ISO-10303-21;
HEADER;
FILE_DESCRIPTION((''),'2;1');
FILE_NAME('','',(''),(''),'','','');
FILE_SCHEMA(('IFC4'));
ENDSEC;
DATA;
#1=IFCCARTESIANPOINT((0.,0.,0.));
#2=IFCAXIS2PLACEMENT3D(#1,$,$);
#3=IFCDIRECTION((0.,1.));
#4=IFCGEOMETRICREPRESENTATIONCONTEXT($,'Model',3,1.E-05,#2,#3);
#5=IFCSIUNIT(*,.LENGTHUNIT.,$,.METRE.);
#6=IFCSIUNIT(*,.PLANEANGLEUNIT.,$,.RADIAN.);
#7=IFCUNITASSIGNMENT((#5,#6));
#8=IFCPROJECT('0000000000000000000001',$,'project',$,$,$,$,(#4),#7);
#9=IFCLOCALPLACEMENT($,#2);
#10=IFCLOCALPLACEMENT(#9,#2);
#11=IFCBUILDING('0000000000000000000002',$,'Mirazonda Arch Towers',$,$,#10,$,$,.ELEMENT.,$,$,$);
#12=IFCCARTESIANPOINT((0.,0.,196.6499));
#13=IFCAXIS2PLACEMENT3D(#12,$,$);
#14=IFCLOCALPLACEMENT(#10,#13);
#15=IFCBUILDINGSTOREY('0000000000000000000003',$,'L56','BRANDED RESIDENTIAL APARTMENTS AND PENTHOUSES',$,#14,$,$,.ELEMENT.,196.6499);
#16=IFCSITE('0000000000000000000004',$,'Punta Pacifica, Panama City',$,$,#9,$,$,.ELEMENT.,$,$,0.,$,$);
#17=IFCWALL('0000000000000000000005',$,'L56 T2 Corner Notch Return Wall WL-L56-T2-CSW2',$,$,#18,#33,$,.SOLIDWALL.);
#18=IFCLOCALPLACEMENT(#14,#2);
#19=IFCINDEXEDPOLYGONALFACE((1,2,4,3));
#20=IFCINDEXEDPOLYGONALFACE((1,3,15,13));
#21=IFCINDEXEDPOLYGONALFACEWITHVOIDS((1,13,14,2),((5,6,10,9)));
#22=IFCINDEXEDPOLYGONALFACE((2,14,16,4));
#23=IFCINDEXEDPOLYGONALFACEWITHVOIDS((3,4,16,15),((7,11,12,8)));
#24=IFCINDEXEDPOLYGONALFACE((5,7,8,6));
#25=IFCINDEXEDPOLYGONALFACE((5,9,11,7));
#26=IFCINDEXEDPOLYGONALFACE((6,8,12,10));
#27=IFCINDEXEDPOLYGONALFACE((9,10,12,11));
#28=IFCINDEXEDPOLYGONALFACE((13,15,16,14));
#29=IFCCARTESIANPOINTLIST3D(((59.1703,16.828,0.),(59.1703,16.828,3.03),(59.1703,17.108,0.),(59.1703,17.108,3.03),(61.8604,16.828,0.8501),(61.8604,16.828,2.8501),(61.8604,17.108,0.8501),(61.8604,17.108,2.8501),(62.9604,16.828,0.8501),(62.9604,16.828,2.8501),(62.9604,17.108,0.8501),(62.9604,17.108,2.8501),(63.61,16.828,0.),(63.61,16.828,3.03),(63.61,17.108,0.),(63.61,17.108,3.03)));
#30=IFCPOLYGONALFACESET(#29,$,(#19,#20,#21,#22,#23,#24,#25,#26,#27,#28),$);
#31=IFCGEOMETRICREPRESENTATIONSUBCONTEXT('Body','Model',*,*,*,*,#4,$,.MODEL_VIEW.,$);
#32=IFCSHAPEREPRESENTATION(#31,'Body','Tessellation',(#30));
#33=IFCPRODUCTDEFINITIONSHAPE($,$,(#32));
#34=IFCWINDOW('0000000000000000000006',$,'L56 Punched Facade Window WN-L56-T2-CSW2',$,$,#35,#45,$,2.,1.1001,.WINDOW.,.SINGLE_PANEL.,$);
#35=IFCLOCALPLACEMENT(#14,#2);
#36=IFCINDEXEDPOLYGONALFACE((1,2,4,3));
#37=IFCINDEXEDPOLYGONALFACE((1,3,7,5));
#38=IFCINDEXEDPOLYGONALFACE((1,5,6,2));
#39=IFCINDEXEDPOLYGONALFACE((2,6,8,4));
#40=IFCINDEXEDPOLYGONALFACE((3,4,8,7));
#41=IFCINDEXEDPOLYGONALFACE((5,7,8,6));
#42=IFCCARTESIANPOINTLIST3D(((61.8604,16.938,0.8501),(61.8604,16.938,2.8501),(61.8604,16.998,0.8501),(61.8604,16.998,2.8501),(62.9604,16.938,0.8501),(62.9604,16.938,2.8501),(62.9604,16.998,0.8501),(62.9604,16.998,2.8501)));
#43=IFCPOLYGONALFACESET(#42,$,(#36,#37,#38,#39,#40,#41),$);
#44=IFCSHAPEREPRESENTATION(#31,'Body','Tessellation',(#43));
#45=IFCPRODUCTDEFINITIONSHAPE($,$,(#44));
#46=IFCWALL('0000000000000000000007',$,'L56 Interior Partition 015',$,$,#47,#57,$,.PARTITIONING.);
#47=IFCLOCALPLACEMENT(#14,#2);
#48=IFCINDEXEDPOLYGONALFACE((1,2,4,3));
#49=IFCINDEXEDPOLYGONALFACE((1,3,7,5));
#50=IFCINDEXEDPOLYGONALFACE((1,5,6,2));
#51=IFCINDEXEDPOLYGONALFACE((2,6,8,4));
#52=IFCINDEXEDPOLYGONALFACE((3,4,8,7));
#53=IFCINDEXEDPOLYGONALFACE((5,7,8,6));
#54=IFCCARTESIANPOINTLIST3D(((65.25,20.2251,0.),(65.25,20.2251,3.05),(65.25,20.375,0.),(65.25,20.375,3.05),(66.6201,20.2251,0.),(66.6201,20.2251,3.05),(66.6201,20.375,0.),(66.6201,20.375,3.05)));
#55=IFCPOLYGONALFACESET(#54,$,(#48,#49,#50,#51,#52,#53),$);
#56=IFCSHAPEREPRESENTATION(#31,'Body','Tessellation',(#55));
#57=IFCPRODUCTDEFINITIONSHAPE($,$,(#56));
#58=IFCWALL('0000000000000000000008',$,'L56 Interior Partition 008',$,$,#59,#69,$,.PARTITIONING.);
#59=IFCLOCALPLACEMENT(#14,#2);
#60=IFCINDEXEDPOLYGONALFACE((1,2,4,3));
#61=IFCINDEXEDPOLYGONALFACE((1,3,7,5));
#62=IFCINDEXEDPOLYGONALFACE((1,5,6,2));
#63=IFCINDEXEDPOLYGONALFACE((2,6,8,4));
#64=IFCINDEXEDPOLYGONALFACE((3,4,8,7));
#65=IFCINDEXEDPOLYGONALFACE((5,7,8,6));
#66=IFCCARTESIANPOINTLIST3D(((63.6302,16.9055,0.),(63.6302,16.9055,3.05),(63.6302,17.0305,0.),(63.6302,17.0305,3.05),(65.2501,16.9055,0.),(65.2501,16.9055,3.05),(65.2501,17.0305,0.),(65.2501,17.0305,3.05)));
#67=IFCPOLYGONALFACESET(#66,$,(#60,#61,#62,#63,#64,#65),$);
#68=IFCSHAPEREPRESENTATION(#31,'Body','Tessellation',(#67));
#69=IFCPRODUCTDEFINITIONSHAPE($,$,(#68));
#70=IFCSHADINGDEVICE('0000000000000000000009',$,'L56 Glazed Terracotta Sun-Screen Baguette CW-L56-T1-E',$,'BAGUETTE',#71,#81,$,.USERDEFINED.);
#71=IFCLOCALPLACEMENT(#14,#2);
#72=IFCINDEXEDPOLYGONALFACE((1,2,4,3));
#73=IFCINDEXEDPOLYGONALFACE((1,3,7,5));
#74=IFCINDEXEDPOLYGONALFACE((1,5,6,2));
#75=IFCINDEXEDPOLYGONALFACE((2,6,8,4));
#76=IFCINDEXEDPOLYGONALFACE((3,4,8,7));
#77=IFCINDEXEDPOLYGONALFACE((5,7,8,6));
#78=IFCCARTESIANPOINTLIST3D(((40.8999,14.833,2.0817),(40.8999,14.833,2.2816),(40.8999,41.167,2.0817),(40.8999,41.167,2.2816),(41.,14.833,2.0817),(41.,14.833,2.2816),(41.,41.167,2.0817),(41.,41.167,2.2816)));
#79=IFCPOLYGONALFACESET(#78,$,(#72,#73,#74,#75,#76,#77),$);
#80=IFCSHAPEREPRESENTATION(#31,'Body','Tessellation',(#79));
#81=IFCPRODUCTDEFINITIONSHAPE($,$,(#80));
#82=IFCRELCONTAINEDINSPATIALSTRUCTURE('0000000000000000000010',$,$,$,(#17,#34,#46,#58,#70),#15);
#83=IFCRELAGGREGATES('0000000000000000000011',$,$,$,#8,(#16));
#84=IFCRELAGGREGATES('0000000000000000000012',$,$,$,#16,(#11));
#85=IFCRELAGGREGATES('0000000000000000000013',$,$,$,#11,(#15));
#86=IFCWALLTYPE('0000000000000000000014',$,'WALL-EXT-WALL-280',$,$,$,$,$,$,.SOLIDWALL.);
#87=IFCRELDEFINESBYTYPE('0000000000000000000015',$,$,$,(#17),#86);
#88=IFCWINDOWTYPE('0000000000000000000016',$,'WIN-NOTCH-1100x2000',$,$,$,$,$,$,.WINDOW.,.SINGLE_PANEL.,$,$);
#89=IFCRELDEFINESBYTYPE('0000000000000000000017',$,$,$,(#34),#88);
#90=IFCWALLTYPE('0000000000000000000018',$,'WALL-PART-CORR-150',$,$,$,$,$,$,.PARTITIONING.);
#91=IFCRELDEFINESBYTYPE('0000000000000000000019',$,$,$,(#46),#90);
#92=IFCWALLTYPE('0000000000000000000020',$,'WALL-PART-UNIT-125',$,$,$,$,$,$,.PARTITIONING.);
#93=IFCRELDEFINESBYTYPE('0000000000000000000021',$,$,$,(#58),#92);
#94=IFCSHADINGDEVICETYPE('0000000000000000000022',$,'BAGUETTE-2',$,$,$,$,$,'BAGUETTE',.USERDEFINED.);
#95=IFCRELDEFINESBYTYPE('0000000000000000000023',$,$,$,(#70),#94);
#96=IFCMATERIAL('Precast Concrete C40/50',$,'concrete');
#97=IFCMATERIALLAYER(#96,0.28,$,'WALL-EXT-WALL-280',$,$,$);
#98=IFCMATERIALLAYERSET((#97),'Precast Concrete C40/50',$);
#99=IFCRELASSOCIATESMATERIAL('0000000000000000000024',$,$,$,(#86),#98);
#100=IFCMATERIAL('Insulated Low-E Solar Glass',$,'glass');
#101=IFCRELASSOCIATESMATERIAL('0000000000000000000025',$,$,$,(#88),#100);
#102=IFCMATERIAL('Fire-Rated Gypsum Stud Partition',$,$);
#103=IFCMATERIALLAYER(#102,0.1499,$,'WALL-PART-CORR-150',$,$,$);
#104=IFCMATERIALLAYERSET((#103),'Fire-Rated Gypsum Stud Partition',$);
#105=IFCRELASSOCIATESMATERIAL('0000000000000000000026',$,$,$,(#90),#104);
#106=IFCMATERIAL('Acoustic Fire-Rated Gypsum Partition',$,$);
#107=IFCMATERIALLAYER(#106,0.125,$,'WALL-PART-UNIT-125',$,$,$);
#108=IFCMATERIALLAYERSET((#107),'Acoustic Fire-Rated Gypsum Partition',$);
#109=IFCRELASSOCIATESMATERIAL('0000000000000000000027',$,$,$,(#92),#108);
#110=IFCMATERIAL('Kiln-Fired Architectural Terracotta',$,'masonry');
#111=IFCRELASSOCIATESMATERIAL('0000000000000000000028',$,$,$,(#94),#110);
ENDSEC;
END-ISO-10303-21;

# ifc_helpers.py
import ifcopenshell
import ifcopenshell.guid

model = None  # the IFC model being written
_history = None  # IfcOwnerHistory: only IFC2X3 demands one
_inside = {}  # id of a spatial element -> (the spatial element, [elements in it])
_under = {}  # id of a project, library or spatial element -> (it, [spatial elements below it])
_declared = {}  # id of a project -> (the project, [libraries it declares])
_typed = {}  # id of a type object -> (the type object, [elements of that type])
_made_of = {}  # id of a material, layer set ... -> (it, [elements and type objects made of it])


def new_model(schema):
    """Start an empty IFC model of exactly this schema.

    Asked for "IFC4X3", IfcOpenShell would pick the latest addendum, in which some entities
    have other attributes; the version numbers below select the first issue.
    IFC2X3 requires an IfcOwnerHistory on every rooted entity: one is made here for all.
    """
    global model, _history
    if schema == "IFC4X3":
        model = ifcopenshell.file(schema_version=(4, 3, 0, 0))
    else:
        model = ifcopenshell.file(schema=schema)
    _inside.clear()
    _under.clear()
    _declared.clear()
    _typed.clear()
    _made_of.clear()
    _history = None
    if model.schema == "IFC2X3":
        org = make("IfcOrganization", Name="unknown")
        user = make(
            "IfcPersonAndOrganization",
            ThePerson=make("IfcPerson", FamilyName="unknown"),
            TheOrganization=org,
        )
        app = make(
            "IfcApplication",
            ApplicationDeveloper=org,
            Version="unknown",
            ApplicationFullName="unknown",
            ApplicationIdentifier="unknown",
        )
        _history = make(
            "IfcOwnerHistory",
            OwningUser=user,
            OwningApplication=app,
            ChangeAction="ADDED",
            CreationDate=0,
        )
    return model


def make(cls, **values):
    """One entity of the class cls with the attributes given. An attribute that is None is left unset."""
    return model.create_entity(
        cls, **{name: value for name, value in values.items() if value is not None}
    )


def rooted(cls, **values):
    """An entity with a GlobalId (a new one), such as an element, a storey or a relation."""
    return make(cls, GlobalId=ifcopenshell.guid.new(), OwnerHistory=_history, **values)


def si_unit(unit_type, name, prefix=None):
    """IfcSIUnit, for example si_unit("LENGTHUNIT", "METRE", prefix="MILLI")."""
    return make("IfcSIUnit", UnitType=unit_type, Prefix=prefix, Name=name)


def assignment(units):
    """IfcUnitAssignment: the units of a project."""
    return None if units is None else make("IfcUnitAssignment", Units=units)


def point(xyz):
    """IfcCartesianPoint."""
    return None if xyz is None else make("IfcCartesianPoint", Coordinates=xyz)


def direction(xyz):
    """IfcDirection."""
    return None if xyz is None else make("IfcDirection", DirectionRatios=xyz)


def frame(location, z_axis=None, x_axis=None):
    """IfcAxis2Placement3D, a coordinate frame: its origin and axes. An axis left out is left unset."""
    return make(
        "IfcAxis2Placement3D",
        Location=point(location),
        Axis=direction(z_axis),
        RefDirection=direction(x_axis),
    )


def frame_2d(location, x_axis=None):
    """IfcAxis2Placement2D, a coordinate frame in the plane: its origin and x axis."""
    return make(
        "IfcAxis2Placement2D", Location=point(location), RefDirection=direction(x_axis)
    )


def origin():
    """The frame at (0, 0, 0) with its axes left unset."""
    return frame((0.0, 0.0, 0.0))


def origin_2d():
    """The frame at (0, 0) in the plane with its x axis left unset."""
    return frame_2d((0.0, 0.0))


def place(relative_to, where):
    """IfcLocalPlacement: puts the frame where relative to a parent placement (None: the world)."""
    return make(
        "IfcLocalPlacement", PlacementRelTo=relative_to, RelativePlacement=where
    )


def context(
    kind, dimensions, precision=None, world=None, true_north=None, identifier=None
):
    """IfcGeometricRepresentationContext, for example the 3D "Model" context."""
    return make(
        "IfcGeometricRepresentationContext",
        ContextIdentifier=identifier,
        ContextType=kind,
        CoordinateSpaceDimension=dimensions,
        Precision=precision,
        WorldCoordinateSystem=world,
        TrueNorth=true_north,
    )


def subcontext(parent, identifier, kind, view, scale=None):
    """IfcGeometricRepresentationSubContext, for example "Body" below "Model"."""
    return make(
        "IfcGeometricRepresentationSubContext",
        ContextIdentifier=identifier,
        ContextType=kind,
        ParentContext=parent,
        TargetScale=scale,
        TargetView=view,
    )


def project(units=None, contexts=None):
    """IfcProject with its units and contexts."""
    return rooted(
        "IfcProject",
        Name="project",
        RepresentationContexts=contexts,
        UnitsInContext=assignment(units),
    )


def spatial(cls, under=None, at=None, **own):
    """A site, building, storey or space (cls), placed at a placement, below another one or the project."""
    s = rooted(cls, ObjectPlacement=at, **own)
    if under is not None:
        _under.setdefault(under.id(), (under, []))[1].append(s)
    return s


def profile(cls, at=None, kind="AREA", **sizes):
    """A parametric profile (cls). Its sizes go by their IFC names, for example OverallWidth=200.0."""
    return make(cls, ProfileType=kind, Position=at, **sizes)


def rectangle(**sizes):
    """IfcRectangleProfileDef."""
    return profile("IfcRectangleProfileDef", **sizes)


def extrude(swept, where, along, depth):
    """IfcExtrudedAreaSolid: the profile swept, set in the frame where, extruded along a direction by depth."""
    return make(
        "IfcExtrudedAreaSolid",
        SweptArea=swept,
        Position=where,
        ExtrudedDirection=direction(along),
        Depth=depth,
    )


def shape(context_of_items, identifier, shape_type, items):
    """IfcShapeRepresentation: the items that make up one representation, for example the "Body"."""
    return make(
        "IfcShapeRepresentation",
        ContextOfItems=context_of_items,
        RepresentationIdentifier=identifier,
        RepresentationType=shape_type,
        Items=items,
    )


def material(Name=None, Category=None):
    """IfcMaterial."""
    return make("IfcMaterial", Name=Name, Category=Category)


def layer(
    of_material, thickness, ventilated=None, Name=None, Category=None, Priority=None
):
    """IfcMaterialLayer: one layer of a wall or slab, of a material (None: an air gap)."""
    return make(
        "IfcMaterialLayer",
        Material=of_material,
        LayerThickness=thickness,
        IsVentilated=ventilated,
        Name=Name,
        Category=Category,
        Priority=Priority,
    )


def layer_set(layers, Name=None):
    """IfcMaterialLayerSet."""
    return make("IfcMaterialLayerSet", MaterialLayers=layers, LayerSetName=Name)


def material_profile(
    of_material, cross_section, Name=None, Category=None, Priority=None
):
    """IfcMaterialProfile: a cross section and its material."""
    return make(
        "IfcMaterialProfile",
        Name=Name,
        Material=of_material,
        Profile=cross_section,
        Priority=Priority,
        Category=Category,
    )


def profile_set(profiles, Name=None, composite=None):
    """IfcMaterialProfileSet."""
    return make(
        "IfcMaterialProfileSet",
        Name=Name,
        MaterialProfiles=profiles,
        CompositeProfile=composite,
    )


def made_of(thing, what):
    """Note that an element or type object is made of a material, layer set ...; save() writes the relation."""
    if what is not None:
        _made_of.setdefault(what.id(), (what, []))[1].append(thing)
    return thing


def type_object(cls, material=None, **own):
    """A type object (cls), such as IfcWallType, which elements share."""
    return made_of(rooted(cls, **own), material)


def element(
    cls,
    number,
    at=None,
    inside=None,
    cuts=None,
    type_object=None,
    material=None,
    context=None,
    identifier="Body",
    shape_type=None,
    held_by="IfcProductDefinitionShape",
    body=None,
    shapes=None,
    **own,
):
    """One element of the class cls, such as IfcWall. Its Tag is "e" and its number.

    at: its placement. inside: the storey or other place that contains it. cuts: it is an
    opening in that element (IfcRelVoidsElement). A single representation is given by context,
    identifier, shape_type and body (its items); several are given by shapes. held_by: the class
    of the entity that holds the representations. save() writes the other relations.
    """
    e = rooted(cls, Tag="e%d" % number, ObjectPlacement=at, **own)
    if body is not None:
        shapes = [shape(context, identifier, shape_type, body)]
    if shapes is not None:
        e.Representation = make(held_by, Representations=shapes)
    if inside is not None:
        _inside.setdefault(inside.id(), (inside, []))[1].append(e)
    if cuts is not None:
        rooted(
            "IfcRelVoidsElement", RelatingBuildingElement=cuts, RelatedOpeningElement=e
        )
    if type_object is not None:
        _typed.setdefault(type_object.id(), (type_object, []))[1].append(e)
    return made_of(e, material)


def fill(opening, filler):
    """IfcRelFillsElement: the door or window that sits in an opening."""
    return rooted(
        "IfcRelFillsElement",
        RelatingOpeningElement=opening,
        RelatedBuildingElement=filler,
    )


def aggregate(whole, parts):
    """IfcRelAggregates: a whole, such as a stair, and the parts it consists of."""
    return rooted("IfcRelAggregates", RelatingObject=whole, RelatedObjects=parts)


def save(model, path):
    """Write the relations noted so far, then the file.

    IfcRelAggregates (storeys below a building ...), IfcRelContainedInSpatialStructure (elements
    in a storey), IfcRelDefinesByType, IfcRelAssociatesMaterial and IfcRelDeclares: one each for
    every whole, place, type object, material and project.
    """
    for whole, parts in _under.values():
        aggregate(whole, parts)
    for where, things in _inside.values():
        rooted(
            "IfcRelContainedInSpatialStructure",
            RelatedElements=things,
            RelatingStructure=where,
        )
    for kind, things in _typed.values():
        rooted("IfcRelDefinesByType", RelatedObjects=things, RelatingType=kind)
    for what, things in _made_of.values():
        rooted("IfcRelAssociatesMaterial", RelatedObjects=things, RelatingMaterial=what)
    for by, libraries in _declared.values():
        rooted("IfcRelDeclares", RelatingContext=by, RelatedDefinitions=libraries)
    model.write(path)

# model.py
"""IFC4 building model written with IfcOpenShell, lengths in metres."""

from ifc_helpers import new_model, si_unit, direction, frame, frame_2d, origin, origin_2d, place, context, subcontext, project, spatial, rectangle, extrude, material, layer, layer_set, material_profile, profile_set, type_object, element, fill, save


model = new_model("IFC4")

# Units and contexts
model_context = context("Model", 3, precision=1e-05, world=origin(), true_north=direction((0.0, 1.0)))
body_context = subcontext(model_context, "Body", "Model", "MODEL_VIEW")
ifc_project = project(units=[si_unit("LENGTHUNIT", "METRE"), si_unit("PLANEANGLEUNIT", "RADIAN")], contexts=[model_context])

# Site, building, storey
site_placement = place(None, origin())
site = spatial("IfcSite", under=ifc_project, at=site_placement, Name="Punta Pacifica, Panama City", CompositionType="ELEMENT", RefElevation=0.0)
building_placement = place(site_placement, origin())
building = spatial("IfcBuilding", under=site, at=building_placement, Name="Mirazonda Arch Towers", CompositionType="ELEMENT")
storey_placement = place(building_placement, frame((0.0, 0.0, 196.6499)))
storey = spatial("IfcBuildingStorey", under=building, at=storey_placement, Name="L56", Description="BRANDED RESIDENTIAL APARTMENTS AND PENTHOUSES", CompositionType="ELEMENT", Elevation=196.6499)

# Shared definitions
ifc_material_1 = material(Name="Insulated Low-E Solar Glass", Category="glass")

# Wall, opening, window
ifc_material_2 = material(Name="Precast Concrete C40/50", Category="concrete")
ifc_layer_1 = layer(ifc_material_2, 0.28, Name="WALL-EXT-WALL-280")
ifc_layer_set_1 = layer_set([ifc_layer_1], Name="Precast Concrete C40/50")
wall_type_1 = type_object("IfcWallType", Name="WALL-EXT-WALL-280", PredefinedType="SOLIDWALL", material=ifc_layer_set_1)
wall_1_placement = place(storey_placement, frame((59.1704, 16.968, 0.0), z_axis=(0.0, 0.0, 1.0), x_axis=(1.0, 0.0, 0.0)))
wall_1 = element("IfcWall", 1, at=wall_1_placement, inside=storey, type_object=wall_type_1, Name="L56 T2 Corner Notch Return Wall WL-L56-T2-CSW2", PredefinedType="SOLIDWALL", context=body_context, shape_type="SweptSolid", body=[
    extrude(rectangle(XDim=4.4397, YDim=0.28, at=frame_2d((2.2197, 0.0))), origin(), (0.0, 0.0, 1.0), 3.03),
])
opening_1_placement = place(wall_1_placement, frame((2.6899, 0.0, 0.8501)))
opening_1 = element("IfcOpeningElement", 2, at=opening_1_placement, cuts=wall_1, PredefinedType="OPENING", context=body_context, shape_type="SweptSolid", body=[
    extrude(rectangle(XDim=1.1001, YDim=2.0, at=frame_2d((0.55, 1.0))), frame((0.0, 0.1499, 0.0), z_axis=(0.0, -1.0, 0.0), x_axis=(1.0, 0.0, 0.0)), (0.0, 0.0, 1.0), 0.3),
])
window_type_1 = type_object("IfcWindowType", Name="WIN-NOTCH-1100x2000", PartitioningType="SINGLE_PANEL", PredefinedType="WINDOW", material=ifc_material_1)
window_1_placement = place(opening_1_placement, origin())
window_1 = element("IfcWindow", 3, at=window_1_placement, inside=storey, type_object=window_type_1, Name="L56 Punched Facade Window WN-L56-T2-CSW2", OverallHeight=2.0, OverallWidth=1.1001, PartitioningType="SINGLE_PANEL", PredefinedType="WINDOW", context=body_context, shape_type="SweptSolid", body=[
    extrude(rectangle(XDim=1.1001, YDim=2.0, at=frame_2d((0.55, 1.0))), frame((0.0, 0.03, 0.0), z_axis=(0.0, -1.0, 0.0), x_axis=(1.0, 0.0, 0.0)), (0.0, 0.0, 1.0), 0.0601),
])
fill(opening_1, window_1)

# Wall
ifc_material_3 = material(Name="Fire-Rated Gypsum Stud Partition")
ifc_layer_2 = layer(ifc_material_3, 0.1499, Name="WALL-PART-CORR-150")
ifc_layer_set_2 = layer_set([ifc_layer_2], Name="Fire-Rated Gypsum Stud Partition")
wall_type_2 = type_object("IfcWallType", Name="WALL-PART-CORR-150", PredefinedType="PARTITIONING", material=ifc_layer_set_2)
wall_2_placement = place(storey_placement, frame((65.25, 20.3, 0.0), z_axis=(0.0, 0.0, 1.0), x_axis=(1.0, 0.0, 0.0)))
element("IfcWall", 4, at=wall_2_placement, inside=storey, type_object=wall_type_2, Name="L56 Interior Partition 015", PredefinedType="PARTITIONING", context=body_context, shape_type="SweptSolid", body=[
    extrude(rectangle(XDim=1.3701, YDim=0.1499, at=frame_2d((0.6851, 0.0))), origin(), (0.0, 0.0, 1.0), 3.05),
])

# Wall
ifc_material_4 = material(Name="Acoustic Fire-Rated Gypsum Partition")
ifc_layer_3 = layer(ifc_material_4, 0.125, Name="WALL-PART-UNIT-125")
ifc_layer_set_3 = layer_set([ifc_layer_3], Name="Acoustic Fire-Rated Gypsum Partition")
wall_type_3 = type_object("IfcWallType", Name="WALL-PART-UNIT-125", PredefinedType="PARTITIONING", material=ifc_layer_set_3)
wall_3_placement = place(storey_placement, frame((63.6301, 16.968, 0.0), z_axis=(0.0, 0.0, 1.0), x_axis=(1.0, 0.0, 0.0)))
element("IfcWall", 5, at=wall_3_placement, inside=storey, type_object=wall_type_3, Name="L56 Interior Partition 008", PredefinedType="PARTITIONING", context=body_context, shape_type="SweptSolid", body=[
    extrude(rectangle(XDim=1.6199, YDim=0.125, at=frame_2d((0.8101, 0.0))), origin(), (0.0, 0.0, 1.0), 3.05),
])

# Shading device
ifc_material_5 = material(Name="Kiln-Fired Architectural Terracotta", Category="masonry")
ifc_material_profile_1 = material_profile(ifc_material_5, rectangle(XDim=0.1001, YDim=0.2, at=origin_2d()), Name="TERRA-BAG-100x200")
ifc_profile_set_1 = profile_set([ifc_material_profile_1], Name="Kiln-Fired Architectural Terracotta")
shading_device_type = type_object("IfcShadingDeviceType", Name="BAGUETTE-2", ElementType="BAGUETTE", PredefinedType="USERDEFINED", material=ifc_profile_set_1)
shading_device_placement = place(storey_placement, frame((40.95, 14.833, 2.1816), z_axis=(0.0, 1.0, 0.0), x_axis=(-1.0, 0.0, 0.0)))
element("IfcShadingDevice", 6, at=shading_device_placement, inside=storey, type_object=shading_device_type, Name="L56 Glazed Terracotta Sun-Screen Baguette CW-L56-T1-E", ObjectType="BAGUETTE", PredefinedType="USERDEFINED", context=body_context, shape_type="SweptSolid", body=[
    extrude(rectangle(XDim=0.1001, YDim=0.2, at=origin_2d()), origin(), (0.0, 0.0, 1.0), 26.334),
])

save(model, "model.ifc")
